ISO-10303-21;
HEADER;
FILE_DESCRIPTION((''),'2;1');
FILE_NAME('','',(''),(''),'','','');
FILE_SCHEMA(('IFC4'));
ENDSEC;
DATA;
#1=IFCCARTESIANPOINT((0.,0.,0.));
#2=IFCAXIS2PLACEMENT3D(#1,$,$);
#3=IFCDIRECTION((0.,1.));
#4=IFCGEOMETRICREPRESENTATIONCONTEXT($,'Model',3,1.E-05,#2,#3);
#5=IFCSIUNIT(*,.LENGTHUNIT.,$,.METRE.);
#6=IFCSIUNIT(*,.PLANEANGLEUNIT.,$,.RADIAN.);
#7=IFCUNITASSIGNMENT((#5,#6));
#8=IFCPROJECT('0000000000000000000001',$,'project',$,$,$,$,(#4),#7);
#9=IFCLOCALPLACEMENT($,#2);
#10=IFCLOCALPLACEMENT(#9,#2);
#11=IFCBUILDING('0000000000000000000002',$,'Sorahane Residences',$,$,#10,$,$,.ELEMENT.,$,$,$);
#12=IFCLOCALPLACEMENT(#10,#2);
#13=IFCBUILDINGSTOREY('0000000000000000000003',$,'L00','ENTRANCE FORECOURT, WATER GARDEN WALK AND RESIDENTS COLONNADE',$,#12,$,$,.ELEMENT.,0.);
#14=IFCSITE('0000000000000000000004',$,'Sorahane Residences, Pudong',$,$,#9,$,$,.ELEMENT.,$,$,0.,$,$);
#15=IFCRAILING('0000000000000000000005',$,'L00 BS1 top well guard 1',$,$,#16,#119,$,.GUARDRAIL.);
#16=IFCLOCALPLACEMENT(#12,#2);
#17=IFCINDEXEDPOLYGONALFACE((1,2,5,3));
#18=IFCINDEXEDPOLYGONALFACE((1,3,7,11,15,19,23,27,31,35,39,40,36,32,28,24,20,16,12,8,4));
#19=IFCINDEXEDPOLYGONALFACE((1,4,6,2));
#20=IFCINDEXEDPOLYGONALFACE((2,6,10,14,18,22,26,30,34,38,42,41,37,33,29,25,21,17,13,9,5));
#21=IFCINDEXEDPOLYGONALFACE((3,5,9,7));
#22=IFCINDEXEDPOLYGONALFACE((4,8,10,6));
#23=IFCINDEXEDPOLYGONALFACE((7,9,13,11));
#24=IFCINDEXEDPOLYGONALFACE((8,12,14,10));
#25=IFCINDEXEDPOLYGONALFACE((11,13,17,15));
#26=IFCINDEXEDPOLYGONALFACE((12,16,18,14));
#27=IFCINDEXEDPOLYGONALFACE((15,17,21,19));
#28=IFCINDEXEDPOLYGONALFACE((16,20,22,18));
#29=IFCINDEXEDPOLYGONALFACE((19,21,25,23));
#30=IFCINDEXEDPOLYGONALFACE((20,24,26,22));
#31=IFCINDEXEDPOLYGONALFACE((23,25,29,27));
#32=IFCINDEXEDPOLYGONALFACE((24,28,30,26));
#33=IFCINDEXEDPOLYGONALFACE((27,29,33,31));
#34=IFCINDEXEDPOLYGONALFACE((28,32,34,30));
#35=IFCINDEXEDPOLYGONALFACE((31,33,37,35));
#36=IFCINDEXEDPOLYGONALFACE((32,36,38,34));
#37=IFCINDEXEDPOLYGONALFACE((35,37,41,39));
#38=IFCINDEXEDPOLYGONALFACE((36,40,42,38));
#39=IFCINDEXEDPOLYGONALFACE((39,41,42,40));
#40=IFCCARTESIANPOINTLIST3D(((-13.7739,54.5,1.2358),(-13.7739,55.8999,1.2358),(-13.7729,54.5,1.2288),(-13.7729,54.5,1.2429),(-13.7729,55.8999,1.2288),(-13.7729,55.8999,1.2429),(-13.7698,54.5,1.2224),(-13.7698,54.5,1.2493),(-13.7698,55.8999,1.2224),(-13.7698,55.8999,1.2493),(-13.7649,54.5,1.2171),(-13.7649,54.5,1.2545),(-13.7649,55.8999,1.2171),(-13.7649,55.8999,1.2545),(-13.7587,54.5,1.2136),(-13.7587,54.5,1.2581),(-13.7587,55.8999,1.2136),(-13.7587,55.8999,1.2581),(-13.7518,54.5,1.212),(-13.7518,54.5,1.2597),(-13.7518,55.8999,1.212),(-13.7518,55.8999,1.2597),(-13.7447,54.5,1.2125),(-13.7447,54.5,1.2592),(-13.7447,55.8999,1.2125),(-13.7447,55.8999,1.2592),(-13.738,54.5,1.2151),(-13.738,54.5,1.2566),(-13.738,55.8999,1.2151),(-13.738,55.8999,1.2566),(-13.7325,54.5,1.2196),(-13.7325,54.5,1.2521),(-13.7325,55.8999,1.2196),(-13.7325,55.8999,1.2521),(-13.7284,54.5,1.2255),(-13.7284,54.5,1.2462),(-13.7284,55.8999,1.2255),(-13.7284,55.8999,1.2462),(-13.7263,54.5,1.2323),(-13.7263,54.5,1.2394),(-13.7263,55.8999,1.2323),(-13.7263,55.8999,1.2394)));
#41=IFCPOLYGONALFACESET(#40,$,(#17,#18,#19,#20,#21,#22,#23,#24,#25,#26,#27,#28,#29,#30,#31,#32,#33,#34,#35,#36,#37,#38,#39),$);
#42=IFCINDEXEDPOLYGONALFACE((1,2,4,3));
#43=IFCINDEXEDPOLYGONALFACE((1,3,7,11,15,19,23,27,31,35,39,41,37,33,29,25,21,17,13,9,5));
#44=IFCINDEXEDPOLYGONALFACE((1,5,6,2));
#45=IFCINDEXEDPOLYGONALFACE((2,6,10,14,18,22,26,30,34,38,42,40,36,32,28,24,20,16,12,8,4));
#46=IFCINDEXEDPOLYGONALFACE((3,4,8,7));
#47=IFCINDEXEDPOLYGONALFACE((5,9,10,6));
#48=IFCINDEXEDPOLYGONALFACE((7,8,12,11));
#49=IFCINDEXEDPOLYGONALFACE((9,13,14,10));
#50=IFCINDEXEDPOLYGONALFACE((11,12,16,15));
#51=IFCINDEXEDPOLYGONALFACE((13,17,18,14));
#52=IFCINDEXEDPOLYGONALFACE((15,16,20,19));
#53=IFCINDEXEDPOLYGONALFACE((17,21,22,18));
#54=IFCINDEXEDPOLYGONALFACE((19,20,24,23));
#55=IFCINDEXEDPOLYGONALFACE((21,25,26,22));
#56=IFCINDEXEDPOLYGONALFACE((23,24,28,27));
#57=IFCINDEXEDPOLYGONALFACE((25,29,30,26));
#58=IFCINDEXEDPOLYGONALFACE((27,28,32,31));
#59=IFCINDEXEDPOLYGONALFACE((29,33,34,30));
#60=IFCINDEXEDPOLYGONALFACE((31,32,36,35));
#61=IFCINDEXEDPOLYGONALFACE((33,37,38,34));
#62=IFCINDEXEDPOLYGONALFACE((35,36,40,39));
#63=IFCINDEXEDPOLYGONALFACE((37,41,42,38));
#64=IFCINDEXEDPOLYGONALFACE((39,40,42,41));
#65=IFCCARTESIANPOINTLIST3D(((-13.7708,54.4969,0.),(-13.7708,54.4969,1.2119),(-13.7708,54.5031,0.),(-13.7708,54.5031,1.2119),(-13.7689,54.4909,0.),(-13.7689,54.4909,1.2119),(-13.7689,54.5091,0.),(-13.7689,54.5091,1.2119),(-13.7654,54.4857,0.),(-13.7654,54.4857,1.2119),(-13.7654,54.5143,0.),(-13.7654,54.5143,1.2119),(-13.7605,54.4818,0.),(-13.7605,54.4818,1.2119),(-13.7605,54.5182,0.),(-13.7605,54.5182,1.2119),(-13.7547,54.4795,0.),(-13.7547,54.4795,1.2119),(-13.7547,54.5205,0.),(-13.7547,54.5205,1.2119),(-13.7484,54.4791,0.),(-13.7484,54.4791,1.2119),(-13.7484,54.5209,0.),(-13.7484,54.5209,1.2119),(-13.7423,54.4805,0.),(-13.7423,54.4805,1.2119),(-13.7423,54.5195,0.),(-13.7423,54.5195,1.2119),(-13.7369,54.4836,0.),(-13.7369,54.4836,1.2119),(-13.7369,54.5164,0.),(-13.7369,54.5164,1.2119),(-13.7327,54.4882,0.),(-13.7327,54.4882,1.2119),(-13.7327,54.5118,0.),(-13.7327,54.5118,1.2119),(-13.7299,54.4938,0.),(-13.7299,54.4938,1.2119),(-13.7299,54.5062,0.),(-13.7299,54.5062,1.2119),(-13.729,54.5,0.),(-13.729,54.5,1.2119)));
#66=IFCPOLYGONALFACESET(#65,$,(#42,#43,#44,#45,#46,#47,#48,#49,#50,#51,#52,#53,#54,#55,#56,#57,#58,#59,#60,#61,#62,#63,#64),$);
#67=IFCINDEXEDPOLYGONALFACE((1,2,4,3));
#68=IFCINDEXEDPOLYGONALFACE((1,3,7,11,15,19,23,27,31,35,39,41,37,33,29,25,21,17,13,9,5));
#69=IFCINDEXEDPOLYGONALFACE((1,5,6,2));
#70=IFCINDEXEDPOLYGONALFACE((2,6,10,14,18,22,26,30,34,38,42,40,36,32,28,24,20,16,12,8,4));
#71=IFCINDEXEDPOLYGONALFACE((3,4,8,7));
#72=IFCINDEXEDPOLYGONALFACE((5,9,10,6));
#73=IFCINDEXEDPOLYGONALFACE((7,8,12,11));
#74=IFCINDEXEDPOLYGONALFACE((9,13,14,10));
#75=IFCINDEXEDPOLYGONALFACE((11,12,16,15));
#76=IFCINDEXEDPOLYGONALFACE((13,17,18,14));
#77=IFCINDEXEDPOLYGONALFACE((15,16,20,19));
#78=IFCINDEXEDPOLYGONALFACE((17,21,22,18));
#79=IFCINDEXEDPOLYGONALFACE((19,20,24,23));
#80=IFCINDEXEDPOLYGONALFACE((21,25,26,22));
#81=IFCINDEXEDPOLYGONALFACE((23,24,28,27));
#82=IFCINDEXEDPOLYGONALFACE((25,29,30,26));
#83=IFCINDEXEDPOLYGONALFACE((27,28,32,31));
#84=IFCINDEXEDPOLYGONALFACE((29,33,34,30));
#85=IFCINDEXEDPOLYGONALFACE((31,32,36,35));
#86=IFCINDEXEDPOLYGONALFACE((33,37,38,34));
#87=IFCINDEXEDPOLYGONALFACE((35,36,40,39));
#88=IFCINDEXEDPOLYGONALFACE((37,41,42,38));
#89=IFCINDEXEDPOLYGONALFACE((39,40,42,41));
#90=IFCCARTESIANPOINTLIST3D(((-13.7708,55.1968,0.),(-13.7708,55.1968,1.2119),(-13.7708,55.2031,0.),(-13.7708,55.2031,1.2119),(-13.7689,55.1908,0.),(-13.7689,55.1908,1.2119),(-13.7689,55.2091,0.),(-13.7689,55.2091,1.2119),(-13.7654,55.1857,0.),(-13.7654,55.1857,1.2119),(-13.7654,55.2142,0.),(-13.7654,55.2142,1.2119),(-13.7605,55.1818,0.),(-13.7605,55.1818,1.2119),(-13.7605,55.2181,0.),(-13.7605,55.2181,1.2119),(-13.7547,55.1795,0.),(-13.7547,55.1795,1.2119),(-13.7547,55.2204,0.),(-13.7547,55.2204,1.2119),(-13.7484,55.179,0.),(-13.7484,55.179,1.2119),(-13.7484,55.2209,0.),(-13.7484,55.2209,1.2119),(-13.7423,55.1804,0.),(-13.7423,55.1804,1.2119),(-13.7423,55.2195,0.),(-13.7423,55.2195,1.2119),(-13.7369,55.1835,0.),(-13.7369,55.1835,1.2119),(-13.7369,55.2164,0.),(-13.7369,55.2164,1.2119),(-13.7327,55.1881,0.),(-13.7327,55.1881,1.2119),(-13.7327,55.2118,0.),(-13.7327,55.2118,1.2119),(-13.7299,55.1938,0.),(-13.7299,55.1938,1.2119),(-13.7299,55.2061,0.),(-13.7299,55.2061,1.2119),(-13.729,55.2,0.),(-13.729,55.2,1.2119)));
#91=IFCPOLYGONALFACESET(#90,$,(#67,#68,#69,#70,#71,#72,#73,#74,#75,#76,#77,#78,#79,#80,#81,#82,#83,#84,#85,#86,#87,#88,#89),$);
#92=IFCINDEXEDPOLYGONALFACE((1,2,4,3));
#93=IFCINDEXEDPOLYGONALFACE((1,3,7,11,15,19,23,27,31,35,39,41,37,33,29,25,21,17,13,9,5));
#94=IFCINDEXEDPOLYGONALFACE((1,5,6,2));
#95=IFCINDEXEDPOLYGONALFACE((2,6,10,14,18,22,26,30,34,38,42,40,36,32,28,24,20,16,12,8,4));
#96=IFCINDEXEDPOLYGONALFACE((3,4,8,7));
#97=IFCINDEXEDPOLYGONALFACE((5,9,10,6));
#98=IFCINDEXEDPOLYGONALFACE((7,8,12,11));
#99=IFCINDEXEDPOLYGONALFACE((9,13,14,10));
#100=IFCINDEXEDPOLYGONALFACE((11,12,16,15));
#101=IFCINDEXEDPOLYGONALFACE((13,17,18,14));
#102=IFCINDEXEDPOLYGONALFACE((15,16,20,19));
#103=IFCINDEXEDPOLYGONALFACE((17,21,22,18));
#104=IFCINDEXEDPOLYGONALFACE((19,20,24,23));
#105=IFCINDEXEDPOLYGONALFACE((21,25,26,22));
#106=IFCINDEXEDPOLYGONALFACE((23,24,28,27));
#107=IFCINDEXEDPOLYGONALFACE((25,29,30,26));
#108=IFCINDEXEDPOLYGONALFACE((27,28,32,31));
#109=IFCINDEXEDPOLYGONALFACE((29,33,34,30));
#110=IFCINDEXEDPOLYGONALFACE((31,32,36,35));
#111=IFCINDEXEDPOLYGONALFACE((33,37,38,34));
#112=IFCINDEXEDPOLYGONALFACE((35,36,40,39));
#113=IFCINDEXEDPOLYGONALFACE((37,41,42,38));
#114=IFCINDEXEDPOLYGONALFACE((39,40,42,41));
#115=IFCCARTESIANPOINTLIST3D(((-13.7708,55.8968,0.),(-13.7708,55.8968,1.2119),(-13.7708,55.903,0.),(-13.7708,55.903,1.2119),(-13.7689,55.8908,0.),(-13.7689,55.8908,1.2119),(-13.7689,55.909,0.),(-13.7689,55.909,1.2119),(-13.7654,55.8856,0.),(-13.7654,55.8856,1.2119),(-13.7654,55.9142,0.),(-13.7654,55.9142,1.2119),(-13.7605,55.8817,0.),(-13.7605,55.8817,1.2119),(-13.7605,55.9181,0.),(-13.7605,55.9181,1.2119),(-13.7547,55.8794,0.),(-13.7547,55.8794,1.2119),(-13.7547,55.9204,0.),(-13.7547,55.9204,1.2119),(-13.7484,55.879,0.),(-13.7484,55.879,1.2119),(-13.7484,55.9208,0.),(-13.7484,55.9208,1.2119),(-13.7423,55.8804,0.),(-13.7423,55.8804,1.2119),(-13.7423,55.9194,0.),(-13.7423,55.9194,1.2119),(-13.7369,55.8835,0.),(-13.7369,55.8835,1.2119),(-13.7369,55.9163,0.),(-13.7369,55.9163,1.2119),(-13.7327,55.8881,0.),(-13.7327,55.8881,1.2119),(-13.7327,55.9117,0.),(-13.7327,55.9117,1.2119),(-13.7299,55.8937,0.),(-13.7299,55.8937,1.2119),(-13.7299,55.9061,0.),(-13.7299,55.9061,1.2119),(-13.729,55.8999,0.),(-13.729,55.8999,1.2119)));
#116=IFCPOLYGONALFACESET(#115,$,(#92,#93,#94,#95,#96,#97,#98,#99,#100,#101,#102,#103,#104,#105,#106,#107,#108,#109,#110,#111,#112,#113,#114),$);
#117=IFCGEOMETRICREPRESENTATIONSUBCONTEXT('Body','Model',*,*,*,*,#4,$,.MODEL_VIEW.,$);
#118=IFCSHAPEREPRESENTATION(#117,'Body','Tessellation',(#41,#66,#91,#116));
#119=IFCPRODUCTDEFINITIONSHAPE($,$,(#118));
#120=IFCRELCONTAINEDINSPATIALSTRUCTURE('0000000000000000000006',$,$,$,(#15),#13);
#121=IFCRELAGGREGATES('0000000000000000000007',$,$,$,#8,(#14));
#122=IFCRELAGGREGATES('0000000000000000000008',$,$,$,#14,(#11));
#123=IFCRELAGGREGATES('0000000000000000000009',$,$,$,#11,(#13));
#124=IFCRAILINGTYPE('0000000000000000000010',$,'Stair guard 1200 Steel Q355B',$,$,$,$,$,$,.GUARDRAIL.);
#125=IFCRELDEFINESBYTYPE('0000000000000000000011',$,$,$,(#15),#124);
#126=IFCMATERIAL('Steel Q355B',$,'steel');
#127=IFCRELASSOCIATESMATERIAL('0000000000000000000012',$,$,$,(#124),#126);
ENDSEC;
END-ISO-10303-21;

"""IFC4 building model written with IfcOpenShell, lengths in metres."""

from ifc_helpers import new_model, si_unit, direction, frame, origin, origin_2d, place, context, subcontext, project, spatial, circle, extrude, material, type_object, element, save


model = new_model("IFC4")

# Units and contexts
model_context = context("Model", 3, precision=1e-05, world=origin(), true_north=direction((0.0, 1.0)))
body_context = subcontext(model_context, "Body", "Model", "MODEL_VIEW")
ifc_project = project(units=[si_unit("LENGTHUNIT", "METRE"), si_unit("PLANEANGLEUNIT", "RADIAN")], contexts=[model_context])

# Site, building, storey
site_placement = place(None, origin())
site = spatial("IfcSite", under=ifc_project, at=site_placement, Name="Sorahane Residences, Pudong", CompositionType="ELEMENT", RefElevation=0.0)
building_placement = place(site_placement, origin())
building = spatial("IfcBuilding", under=site, at=building_placement, Name="Sorahane Residences", CompositionType="ELEMENT")
storey_placement = place(building_placement, origin())
storey = spatial("IfcBuildingStorey", under=building, at=storey_placement, Name="L00", Description="ENTRANCE FORECOURT, WATER GARDEN WALK AND RESIDENTS COLONNADE", CompositionType="ELEMENT", Elevation=0.0)

# Railing
ifc_material_1 = material(Name="Steel Q355B", Category="steel")
railing_type = type_object("IfcRailingType", Name="Stair guard 1200 Steel Q355B", PredefinedType="GUARDRAIL", material=ifc_material_1)
railing_1_placement = place(storey_placement, frame((-13.75, 54.5, 0.0)))
element("IfcRailing", 1, at=railing_1_placement, inside=storey, type_object=railing_type, Name="L00 BS1 top well guard 1", PredefinedType="GUARDRAIL", context=body_context, shape_type="SweptSolid", body=[
    extrude(circle(Radius=0.0239, at=origin_2d()), frame((0.0, 0.0, 1.2358), z_axis=(0.0, 1.0, 0.0), x_axis=(-1.0, 0.0, 0.0)), (0.0, 0.0, 1.0), 1.3999),
    extrude(circle(Radius=0.021, at=origin_2d()), origin(), (0.0, 0.0, 1.0), 1.2119),
    extrude(circle(Radius=0.021, at=origin_2d()), frame((0.0, 0.7, 0.0)), (0.0, 0.0, 1.0), 1.2119),
    extrude(circle(Radius=0.021, at=origin_2d()), frame((0.0, 1.3999, 0.0)), (0.0, 0.0, 1.0), 1.2119),
])

save(model, "model.ifc")
